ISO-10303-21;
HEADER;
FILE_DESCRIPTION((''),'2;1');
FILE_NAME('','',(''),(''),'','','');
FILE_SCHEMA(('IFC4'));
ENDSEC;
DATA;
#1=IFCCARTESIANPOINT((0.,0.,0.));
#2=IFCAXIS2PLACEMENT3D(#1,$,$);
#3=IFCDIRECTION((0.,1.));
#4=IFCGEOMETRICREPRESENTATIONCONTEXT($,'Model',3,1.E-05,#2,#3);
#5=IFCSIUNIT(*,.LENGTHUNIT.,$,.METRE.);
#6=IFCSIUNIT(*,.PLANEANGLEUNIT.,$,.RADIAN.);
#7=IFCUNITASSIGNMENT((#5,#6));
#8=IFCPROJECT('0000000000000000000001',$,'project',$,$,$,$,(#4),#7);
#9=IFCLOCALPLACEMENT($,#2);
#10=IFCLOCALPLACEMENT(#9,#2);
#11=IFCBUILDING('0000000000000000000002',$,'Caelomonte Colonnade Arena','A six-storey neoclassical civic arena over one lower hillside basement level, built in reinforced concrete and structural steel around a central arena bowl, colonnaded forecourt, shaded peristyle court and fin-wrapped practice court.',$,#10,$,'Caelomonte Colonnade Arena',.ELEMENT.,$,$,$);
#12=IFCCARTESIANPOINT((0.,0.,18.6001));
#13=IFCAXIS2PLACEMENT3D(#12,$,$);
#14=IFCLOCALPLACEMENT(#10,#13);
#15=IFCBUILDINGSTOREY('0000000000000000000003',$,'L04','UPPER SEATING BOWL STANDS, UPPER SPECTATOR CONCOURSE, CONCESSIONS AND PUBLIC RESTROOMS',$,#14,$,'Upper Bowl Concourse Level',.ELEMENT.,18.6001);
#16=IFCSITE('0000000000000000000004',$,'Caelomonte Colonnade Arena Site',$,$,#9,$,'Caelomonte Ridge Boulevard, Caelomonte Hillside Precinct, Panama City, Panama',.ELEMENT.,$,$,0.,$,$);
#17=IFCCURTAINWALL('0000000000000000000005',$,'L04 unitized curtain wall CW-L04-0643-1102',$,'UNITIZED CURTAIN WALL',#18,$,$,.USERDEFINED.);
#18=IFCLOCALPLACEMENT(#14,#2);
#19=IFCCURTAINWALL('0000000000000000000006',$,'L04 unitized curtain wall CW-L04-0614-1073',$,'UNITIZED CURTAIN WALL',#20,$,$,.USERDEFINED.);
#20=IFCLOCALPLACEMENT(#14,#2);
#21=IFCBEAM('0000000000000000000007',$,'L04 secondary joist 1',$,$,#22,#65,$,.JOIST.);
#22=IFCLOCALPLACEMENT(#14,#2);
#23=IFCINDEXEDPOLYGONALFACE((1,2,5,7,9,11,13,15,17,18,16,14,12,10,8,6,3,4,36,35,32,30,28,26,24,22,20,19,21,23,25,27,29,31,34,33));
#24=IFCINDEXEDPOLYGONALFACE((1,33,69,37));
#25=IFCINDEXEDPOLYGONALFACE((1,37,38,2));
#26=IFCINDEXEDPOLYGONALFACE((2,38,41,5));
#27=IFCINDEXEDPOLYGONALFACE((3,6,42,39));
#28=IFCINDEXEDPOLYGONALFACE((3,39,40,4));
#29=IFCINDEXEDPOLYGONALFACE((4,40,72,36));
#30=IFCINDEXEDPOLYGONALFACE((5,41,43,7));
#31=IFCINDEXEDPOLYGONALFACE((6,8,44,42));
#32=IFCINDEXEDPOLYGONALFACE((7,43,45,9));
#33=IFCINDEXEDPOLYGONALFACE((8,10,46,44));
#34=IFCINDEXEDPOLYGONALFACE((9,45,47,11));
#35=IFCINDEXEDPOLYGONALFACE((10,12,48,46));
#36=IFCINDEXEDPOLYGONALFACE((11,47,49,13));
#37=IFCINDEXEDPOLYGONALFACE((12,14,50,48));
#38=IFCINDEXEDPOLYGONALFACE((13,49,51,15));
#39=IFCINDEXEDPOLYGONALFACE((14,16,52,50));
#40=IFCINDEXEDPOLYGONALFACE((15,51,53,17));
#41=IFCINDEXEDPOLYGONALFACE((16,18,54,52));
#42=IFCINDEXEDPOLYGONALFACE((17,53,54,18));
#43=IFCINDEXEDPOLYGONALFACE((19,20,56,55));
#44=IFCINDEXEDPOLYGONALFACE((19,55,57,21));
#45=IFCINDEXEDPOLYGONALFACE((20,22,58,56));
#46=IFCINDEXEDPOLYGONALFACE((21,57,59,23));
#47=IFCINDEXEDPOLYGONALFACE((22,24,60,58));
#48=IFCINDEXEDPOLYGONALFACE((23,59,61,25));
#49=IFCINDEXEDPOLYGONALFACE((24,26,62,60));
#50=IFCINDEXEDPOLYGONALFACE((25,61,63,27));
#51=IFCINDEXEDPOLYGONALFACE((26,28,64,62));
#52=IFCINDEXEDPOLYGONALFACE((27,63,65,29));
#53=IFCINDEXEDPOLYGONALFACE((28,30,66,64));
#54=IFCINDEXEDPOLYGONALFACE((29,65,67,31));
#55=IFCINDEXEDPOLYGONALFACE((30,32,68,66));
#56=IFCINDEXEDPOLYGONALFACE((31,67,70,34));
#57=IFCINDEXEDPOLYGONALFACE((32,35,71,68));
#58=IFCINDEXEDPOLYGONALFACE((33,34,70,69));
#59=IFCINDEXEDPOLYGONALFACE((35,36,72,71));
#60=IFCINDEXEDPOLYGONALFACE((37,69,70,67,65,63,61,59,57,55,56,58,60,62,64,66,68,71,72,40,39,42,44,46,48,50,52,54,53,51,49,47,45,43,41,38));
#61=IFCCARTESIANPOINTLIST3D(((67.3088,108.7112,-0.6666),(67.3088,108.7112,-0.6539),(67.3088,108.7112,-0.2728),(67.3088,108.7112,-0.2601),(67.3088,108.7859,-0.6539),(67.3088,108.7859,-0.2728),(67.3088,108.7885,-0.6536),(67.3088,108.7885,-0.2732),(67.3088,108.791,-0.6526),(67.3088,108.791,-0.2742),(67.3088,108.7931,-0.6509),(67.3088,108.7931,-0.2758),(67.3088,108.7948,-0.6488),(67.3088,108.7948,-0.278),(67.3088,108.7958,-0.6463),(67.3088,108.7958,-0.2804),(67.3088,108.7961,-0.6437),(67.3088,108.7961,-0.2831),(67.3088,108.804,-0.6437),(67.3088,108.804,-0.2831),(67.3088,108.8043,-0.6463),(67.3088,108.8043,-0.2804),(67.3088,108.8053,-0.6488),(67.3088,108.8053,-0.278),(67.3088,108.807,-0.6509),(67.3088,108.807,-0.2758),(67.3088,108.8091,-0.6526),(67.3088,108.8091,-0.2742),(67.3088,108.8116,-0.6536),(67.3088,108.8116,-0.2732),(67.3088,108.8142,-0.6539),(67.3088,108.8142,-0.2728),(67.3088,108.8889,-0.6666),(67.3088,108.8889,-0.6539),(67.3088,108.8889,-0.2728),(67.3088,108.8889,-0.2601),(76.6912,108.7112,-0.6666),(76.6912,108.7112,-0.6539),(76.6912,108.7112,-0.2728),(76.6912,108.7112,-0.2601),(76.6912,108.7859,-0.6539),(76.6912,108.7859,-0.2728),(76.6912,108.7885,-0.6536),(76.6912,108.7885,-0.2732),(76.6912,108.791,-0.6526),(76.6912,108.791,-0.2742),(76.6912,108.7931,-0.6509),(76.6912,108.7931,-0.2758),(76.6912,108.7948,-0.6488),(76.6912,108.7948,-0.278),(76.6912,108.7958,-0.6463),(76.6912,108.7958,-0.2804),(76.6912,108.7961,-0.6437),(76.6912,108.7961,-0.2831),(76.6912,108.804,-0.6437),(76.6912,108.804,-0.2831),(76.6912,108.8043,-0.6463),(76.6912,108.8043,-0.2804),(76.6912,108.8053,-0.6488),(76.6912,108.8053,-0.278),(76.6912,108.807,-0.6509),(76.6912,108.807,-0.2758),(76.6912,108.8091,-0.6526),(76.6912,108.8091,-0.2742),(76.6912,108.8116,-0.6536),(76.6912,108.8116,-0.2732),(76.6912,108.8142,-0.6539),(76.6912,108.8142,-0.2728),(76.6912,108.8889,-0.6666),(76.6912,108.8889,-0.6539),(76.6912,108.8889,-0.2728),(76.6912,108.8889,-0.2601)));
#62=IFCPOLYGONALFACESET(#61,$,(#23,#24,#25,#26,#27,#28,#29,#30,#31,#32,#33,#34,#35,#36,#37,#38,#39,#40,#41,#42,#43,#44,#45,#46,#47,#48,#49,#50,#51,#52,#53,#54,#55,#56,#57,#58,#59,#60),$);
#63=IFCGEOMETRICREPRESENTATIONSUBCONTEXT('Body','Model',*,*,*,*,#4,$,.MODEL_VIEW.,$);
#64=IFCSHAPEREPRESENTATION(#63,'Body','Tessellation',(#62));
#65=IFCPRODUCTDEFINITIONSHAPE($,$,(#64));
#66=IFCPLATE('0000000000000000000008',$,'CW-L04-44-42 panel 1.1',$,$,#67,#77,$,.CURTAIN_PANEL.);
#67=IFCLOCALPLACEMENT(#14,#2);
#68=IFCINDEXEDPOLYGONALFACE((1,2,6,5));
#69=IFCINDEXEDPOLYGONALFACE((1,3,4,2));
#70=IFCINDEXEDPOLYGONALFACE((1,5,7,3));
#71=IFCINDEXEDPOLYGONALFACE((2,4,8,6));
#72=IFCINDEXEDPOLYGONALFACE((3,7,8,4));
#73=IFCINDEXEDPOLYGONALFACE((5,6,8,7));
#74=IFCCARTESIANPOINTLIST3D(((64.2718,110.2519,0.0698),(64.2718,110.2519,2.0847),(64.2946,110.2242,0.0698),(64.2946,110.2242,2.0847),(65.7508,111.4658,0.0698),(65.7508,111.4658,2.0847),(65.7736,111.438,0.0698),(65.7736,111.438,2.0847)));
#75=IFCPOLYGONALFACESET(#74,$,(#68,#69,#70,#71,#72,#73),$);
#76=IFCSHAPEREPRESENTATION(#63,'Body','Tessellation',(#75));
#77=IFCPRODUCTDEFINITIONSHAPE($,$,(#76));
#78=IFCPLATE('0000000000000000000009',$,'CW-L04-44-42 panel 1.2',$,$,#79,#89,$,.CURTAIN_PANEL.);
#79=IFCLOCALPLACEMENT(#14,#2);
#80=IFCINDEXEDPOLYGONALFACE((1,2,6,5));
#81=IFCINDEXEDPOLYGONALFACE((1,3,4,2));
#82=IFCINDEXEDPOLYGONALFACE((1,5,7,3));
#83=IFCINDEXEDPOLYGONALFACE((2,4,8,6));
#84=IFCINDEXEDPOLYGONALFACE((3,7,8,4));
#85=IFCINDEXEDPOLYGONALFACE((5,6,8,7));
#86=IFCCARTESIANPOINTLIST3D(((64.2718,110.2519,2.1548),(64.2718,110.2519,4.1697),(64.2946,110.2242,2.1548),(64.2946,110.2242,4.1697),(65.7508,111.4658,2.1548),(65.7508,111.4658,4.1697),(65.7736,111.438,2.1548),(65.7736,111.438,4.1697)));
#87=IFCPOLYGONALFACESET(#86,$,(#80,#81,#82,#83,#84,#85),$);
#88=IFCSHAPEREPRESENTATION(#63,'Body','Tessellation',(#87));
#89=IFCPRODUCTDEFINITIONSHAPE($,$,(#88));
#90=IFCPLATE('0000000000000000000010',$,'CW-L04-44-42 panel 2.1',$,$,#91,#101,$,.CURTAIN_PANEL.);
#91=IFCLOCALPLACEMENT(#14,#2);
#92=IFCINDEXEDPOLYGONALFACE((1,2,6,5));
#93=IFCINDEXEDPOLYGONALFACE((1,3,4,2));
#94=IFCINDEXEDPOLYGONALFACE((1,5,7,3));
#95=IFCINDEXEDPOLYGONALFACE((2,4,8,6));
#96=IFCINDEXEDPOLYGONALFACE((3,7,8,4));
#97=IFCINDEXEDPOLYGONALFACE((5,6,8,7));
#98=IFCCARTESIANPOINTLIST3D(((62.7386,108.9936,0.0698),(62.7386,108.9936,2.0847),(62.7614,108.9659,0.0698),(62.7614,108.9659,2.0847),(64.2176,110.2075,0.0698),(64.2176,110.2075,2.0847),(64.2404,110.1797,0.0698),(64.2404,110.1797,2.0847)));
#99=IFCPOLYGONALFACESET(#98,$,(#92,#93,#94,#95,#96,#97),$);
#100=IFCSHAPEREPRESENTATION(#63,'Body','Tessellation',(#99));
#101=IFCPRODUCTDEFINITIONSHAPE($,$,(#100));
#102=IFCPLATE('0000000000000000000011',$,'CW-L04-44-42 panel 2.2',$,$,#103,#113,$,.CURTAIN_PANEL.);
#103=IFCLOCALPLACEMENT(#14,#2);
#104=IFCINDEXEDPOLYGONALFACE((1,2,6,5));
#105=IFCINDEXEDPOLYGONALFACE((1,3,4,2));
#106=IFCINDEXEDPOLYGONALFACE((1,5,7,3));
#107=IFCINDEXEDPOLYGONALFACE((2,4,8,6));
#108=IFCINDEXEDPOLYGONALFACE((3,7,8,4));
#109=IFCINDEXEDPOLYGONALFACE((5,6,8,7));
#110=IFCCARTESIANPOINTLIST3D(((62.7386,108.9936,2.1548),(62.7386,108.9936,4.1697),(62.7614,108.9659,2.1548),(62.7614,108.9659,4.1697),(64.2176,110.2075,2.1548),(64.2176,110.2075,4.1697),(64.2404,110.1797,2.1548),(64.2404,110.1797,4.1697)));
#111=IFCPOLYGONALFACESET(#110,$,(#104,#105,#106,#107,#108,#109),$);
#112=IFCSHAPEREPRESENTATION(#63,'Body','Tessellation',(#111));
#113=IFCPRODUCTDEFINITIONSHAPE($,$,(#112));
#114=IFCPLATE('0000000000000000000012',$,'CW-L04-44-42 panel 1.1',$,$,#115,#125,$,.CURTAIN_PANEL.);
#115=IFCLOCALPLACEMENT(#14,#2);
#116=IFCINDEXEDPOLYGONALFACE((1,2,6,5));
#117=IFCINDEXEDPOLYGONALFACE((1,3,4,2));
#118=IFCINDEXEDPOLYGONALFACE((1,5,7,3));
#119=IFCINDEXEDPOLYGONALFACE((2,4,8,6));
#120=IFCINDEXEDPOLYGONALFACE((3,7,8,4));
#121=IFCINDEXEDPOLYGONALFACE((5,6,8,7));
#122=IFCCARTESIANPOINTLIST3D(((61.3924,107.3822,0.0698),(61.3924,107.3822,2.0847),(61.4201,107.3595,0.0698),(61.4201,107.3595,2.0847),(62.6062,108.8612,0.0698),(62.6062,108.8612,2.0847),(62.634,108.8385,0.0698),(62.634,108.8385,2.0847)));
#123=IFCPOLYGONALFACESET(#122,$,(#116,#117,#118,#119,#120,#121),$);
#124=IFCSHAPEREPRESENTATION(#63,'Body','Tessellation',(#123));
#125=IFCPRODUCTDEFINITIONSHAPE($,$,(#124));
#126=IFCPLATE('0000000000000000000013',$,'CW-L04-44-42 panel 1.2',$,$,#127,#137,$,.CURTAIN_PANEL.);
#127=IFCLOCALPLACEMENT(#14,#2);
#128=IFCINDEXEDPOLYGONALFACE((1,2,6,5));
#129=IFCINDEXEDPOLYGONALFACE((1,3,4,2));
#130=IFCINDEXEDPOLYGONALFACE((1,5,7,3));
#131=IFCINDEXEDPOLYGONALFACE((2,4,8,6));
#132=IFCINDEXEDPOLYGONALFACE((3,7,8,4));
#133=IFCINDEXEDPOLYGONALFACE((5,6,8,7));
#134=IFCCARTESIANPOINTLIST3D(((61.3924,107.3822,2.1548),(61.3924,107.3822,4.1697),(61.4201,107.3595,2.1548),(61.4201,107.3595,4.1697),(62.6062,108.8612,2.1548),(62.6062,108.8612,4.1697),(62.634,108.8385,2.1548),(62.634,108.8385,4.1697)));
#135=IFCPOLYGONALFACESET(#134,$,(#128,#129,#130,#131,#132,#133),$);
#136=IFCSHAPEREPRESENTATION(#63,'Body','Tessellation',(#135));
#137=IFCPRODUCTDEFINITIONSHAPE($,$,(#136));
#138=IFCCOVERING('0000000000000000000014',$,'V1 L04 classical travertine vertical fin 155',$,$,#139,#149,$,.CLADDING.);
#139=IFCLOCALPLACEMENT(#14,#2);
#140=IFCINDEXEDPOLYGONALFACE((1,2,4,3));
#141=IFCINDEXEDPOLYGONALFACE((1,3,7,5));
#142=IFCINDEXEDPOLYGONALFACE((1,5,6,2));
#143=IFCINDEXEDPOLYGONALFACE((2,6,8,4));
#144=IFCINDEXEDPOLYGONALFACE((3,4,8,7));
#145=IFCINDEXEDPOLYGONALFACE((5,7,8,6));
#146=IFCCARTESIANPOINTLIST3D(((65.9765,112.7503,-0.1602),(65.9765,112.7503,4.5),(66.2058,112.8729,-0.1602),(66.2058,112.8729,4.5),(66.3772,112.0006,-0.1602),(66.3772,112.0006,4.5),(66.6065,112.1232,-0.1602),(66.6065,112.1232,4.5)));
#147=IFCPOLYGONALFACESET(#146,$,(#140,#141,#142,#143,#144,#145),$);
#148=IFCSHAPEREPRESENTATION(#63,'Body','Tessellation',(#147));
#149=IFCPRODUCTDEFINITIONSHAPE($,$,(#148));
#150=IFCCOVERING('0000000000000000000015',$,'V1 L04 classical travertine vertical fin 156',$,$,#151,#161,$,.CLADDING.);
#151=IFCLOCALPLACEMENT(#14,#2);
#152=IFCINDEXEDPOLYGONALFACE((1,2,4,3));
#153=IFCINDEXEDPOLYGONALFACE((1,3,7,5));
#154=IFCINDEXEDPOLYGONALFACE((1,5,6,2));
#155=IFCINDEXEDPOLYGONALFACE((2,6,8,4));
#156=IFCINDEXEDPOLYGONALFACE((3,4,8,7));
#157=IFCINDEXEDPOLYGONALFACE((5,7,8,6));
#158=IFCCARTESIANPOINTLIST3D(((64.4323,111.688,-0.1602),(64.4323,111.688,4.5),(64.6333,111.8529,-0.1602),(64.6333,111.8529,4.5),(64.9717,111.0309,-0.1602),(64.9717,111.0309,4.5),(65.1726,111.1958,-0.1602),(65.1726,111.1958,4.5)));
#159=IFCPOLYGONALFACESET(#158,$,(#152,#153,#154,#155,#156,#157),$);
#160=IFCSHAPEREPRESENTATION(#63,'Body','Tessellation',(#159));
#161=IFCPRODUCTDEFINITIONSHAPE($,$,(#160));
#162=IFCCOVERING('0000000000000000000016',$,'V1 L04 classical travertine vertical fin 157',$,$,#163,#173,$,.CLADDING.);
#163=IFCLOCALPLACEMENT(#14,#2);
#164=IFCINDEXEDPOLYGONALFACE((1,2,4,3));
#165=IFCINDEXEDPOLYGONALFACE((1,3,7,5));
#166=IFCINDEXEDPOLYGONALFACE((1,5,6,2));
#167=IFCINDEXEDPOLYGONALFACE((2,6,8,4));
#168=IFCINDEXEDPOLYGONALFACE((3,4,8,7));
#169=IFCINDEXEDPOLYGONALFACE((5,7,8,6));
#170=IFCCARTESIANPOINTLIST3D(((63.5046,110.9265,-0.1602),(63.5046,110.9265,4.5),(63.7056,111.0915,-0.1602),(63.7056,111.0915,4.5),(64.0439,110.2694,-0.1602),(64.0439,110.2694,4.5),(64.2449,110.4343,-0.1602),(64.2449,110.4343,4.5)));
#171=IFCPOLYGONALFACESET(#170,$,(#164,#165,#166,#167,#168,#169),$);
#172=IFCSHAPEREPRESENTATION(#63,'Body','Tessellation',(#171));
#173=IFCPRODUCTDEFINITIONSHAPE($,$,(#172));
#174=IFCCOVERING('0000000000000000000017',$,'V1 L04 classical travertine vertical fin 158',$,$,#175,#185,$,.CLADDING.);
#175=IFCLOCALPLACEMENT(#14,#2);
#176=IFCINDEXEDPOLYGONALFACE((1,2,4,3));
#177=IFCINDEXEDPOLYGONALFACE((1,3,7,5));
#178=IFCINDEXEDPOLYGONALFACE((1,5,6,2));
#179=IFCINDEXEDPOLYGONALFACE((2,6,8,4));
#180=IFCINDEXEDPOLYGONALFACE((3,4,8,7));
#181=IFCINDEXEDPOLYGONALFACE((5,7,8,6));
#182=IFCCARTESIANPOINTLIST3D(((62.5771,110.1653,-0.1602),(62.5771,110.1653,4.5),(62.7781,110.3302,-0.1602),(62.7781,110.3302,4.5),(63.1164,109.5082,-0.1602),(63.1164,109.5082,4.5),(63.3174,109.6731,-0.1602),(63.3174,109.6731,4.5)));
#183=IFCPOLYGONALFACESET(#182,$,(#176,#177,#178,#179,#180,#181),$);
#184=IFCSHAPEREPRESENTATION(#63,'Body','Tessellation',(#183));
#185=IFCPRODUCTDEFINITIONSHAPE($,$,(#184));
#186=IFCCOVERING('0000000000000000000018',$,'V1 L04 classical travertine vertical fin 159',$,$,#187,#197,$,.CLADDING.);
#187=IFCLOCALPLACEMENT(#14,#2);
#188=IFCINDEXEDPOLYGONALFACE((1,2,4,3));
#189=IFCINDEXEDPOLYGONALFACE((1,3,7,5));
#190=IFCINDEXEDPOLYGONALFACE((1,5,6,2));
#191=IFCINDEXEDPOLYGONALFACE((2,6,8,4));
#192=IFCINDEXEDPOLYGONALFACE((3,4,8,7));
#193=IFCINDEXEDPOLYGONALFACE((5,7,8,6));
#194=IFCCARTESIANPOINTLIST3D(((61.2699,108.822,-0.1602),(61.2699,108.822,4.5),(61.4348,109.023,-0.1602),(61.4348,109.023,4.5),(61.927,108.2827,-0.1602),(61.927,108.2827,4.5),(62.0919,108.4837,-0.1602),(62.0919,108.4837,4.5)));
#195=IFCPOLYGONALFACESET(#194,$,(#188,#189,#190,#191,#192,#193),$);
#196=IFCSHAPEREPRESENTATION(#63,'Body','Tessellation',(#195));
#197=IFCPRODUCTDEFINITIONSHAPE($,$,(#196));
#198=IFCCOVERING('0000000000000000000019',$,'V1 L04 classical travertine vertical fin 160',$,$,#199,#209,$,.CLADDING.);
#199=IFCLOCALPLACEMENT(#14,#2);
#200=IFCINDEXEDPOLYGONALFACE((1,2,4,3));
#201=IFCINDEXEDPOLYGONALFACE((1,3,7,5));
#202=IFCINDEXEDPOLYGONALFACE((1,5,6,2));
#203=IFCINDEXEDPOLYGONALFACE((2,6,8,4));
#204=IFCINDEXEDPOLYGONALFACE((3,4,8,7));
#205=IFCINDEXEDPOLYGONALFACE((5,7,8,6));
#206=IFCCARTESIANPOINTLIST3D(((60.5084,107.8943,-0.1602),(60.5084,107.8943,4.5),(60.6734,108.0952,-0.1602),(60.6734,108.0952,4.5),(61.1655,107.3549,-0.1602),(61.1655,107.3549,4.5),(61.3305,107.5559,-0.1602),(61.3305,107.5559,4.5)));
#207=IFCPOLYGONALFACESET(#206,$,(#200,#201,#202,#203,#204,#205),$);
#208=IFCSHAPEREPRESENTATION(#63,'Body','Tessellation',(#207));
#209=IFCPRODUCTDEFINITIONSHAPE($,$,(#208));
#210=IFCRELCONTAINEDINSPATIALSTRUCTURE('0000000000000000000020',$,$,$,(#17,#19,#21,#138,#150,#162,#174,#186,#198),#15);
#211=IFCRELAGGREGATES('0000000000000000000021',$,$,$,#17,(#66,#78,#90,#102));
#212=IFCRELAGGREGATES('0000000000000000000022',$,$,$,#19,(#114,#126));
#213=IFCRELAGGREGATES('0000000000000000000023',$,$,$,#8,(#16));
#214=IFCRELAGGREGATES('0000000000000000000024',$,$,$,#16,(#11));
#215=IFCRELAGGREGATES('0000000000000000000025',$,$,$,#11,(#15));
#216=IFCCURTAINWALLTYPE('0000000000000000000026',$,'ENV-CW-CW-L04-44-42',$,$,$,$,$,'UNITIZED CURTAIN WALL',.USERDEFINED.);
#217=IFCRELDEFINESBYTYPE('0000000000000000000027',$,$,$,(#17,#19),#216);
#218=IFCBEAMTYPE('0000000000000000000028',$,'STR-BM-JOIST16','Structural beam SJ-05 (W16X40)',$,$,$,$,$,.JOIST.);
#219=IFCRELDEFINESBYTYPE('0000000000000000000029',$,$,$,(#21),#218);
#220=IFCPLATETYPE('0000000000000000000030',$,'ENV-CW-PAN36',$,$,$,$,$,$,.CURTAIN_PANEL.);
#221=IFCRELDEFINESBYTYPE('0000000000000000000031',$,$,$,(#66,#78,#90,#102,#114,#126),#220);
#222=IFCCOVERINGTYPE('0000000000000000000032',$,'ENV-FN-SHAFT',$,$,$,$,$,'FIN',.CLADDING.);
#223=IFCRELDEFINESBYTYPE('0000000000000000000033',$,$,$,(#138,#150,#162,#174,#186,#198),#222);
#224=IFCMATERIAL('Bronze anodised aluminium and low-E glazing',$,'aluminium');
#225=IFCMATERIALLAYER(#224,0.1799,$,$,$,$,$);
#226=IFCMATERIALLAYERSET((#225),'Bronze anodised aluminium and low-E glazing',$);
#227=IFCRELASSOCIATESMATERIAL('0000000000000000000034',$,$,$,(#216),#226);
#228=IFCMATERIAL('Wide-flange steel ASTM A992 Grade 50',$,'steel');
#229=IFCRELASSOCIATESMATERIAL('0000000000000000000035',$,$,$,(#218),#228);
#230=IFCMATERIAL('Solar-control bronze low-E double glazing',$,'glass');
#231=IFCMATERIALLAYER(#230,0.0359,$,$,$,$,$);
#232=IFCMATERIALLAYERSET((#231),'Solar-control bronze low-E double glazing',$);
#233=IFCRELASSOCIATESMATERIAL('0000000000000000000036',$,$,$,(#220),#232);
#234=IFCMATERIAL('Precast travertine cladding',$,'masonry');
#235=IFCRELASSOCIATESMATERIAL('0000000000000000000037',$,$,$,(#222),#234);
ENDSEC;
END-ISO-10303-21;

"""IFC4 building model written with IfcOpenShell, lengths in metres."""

from ifc_helpers import new_model, si_unit, direction, frame, origin, origin_2d, place, context, subcontext, project, spatial, rectangle, i_section, extrude, material, layer, layer_set, material_profile, profile_set, type_object, element, aggregate, save


model = new_model("IFC4")

# Units and contexts
model_context = context("Model", 3, precision=1e-05, world=origin(), true_north=direction((0.0, 1.0)))
body_context = subcontext(model_context, "Body", "Model", "MODEL_VIEW")
ifc_project = project(units=[si_unit("LENGTHUNIT", "METRE"), si_unit("PLANEANGLEUNIT", "RADIAN")], contexts=[model_context])

# Site, building, storey
site_placement = place(None, origin())
site = spatial("IfcSite", under=ifc_project, at=site_placement, Name="Caelomonte Colonnade Arena Site", LongName="Caelomonte Ridge Boulevard, Caelomonte Hillside Precinct, Panama City, Panama", CompositionType="ELEMENT", RefElevation=0.0)
building_placement = place(site_placement, origin())
building = spatial("IfcBuilding", under=site, at=building_placement, Name="Caelomonte Colonnade Arena", Description="A six-storey neoclassical civic arena over one lower hillside basement level, built in reinforced concrete and structural steel around a central arena bowl, colonnaded forecourt, shaded peristyle court and fin-wrapped practice court.", LongName="Caelomonte Colonnade Arena", CompositionType="ELEMENT")
storey_placement = place(building_placement, frame((0.0, 0.0, 18.6001)))
storey = spatial("IfcBuildingStorey", under=building, at=storey_placement, Name="L04", Description="UPPER SEATING BOWL STANDS, UPPER SPECTATOR CONCOURSE, CONCESSIONS AND PUBLIC RESTROOMS", LongName="Upper Bowl Concourse Level", CompositionType="ELEMENT", Elevation=18.6001)

# Curtain walls
ifc_material_1 = material(Name="Bronze anodised aluminium and low-E glazing", Category="aluminium")
ifc_layer_1 = layer(ifc_material_1, 0.1799)
ifc_layer_set_1 = layer_set([ifc_layer_1], Name="Bronze anodised aluminium and low-E glazing")
curtain_wall_type = type_object("IfcCurtainWallType", Name="ENV-CW-CW-L04-44-42", ElementType="UNITIZED CURTAIN WALL", PredefinedType="USERDEFINED", material=ifc_layer_set_1)
curtain_wall_1_placement = place(storey_placement, origin())
curtain_wall_1 = element("IfcCurtainWall", 1, at=curtain_wall_1_placement, inside=storey, type_object=curtain_wall_type, Name="L04 unitized curtain wall CW-L04-0643-1102", ObjectType="UNITIZED CURTAIN WALL", PredefinedType="USERDEFINED")
curtain_wall_2_placement = place(storey_placement, origin())
curtain_wall_2 = element("IfcCurtainWall", 2, at=curtain_wall_2_placement, inside=storey, type_object=curtain_wall_type, Name="L04 unitized curtain wall CW-L04-0614-1073", ObjectType="UNITIZED CURTAIN WALL", PredefinedType="USERDEFINED")

# Beam
ifc_material_2 = material(Name="Wide-flange steel ASTM A992 Grade 50", Category="steel")
ifc_material_profile_1 = material_profile(ifc_material_2, i_section(OverallWidth=0.1777, OverallDepth=0.4065, WebThickness=0.0078, FlangeThickness=0.0127, FilletRadius=0.0103, at=origin_2d()), Name="W16X40")
ifc_profile_set_1 = profile_set([ifc_material_profile_1], Name="Wide-flange steel ASTM A992 Grade 50")
beam_type = type_object("IfcBeamType", Name="STR-BM-JOIST16", Description="Structural beam SJ-05 (W16X40)", PredefinedType="JOIST", material=ifc_profile_set_1)
beam_placement = place(storey_placement, frame((67.3088, 108.8, -0.4634), z_axis=(1.0, 0.0, 0.0), x_axis=(0.0, 1.0, 0.0)))
element("IfcBeam", 3, at=beam_placement, inside=storey, type_object=beam_type, Name="L04 secondary joist 1", PredefinedType="JOIST", context=body_context, shape_type="SweptSolid", body=[
    extrude(i_section(OverallWidth=0.1777, OverallDepth=0.4065, WebThickness=0.0078, FlangeThickness=0.0127, FilletRadius=0.0103, at=origin_2d()), origin(), (0.0, 0.0, 1.0), 9.3823),
])

# Plates
ifc_material_3 = material(Name="Solar-control bronze low-E double glazing", Category="glass")
ifc_layer_2 = layer(ifc_material_3, 0.0359)
ifc_layer_set_2 = layer_set([ifc_layer_2], Name="Solar-control bronze low-E double glazing")
plate_type = type_object("IfcPlateType", Name="ENV-CW-PAN36", PredefinedType="CURTAIN_PANEL", material=ifc_layer_set_2)
plate_1_placement = place(storey_placement, frame((65.0227, 110.845, 0.0698), z_axis=(0.0, 0.0, 1.0), x_axis=(-0.772992, -0.634416, 0.0)))
plate_1 = element("IfcPlate", 4, at=plate_1_placement, type_object=plate_type, Name="CW-L04-44-42 panel 1.1", PredefinedType="CURTAIN_PANEL", context=body_context, shape_type="SweptSolid", body=[
    extrude(rectangle(XDim=1.9133, YDim=0.0359, at=origin_2d()), origin(), (0.0, 0.0, 1.0), 2.0149),
])
plate_2_placement = place(storey_placement, frame((65.0227, 110.845, 2.1548), z_axis=(0.0, 0.0, 1.0), x_axis=(-0.772992, -0.634416, 0.0)))
plate_2 = element("IfcPlate", 5, at=plate_2_placement, type_object=plate_type, Name="CW-L04-44-42 panel 1.2", PredefinedType="CURTAIN_PANEL", context=body_context, shape_type="SweptSolid", body=[
    extrude(rectangle(XDim=1.9133, YDim=0.0359, at=origin_2d()), origin(), (0.0, 0.0, 1.0), 2.0149),
])
plate_3_placement = place(storey_placement, frame((63.4895, 109.5867, 0.0698), z_axis=(0.0, 0.0, 1.0), x_axis=(-0.772992, -0.634416, 0.0)))
plate_3 = element("IfcPlate", 6, at=plate_3_placement, type_object=plate_type, Name="CW-L04-44-42 panel 2.1", PredefinedType="CURTAIN_PANEL", context=body_context, shape_type="SweptSolid", body=[
    extrude(rectangle(XDim=1.9133, YDim=0.0359, at=origin_2d()), origin(), (0.0, 0.0, 1.0), 2.0149),
])
plate_4_placement = place(storey_placement, frame((63.4895, 109.5867, 2.1548), z_axis=(0.0, 0.0, 1.0), x_axis=(-0.772992, -0.634416, 0.0)))
plate_4 = element("IfcPlate", 7, at=plate_4_placement, type_object=plate_type, Name="CW-L04-44-42 panel 2.2", PredefinedType="CURTAIN_PANEL", context=body_context, shape_type="SweptSolid", body=[
    extrude(rectangle(XDim=1.9133, YDim=0.0359, at=origin_2d()), origin(), (0.0, 0.0, 1.0), 2.0149),
])
aggregate(curtain_wall_1, [plate_1, plate_2, plate_3, plate_4])
plate_5_placement = place(storey_placement, frame((62.0132, 108.1104, 0.0698), z_axis=(0.0, 0.0, 1.0), x_axis=(-0.634416, -0.772992, 0.0)))
plate_5 = element("IfcPlate", 8, at=plate_5_placement, type_object=plate_type, Name="CW-L04-44-42 panel 1.1", PredefinedType="CURTAIN_PANEL", context=body_context, shape_type="SweptSolid", body=[
    extrude(rectangle(XDim=1.9133, YDim=0.0359, at=origin_2d()), origin(), (0.0, 0.0, 1.0), 2.0149),
])
plate_6_placement = place(storey_placement, frame((62.0132, 108.1104, 2.1548), z_axis=(0.0, 0.0, 1.0), x_axis=(-0.634416, -0.772992, 0.0)))
plate_6 = element("IfcPlate", 9, at=plate_6_placement, type_object=plate_type, Name="CW-L04-44-42 panel 1.2", PredefinedType="CURTAIN_PANEL", context=body_context, shape_type="SweptSolid", body=[
    extrude(rectangle(XDim=1.9133, YDim=0.0359, at=origin_2d()), origin(), (0.0, 0.0, 1.0), 2.0149),
])
aggregate(curtain_wall_2, [plate_5, plate_6])

# Coverings
ifc_material_4 = material(Name="Precast travertine cladding", Category="masonry")
ifc_material_profile_2 = material_profile(ifc_material_4, rectangle(XDim=0.26, YDim=0.8501, at=origin_2d()), Name="FIN260X850")
ifc_profile_set_2 = profile_set([ifc_material_profile_2], Name="Precast travertine cladding")
covering_type = type_object("IfcCoveringType", Name="ENV-FN-SHAFT", ElementType="FIN", PredefinedType="CLADDING", material=ifc_profile_set_2)
for number, where, z_axis, x_axis, name in (
    (10, (66.2915, 112.4368, -0.1602), (0.0, 0.0, 1.0), (0.881921, 0.471397, 0.0), "V1 L04 classical travertine vertical fin 155"),
    (11, (64.8025, 111.4419, -0.1602), (0.0, 0.0, 1.0), (0.772994, 0.634414, 0.0), "V1 L04 classical travertine vertical fin 156"),
    (12, (63.8748, 110.6804, -0.1602), (0.0, 0.0, 1.0), (0.772994, 0.634414, 0.0), "V1 L04 classical travertine vertical fin 157"),
    (13, (62.9473, 109.9192, -0.1602), (0.0, 0.0, 1.0), (0.772994, 0.634414, 0.0), "V1 L04 classical travertine vertical fin 158"),
    (14, (61.6809, 108.6528, -0.1602), (0.0, 0.0, 1.0), (0.634414, 0.772994, 0.0), "V1 L04 classical travertine vertical fin 159"),
    (15, (60.9194, 107.7251, -0.1602), (0.0, 0.0, 1.0), (0.634414, 0.772994, 0.0), "V1 L04 classical travertine vertical fin 160"),
):
    element("IfcCovering", number, at=place(storey_placement, frame(where, z_axis=z_axis, x_axis=x_axis)), inside=storey, type_object=covering_type, Name=name, PredefinedType="CLADDING", context=body_context, shape_type="SweptSolid", body=[
        extrude(rectangle(XDim=0.26, YDim=0.8501, at=origin_2d()), origin(), (0.0, 0.0, 1.0), 4.6602),
    ])

save(model, "model.ifc")
